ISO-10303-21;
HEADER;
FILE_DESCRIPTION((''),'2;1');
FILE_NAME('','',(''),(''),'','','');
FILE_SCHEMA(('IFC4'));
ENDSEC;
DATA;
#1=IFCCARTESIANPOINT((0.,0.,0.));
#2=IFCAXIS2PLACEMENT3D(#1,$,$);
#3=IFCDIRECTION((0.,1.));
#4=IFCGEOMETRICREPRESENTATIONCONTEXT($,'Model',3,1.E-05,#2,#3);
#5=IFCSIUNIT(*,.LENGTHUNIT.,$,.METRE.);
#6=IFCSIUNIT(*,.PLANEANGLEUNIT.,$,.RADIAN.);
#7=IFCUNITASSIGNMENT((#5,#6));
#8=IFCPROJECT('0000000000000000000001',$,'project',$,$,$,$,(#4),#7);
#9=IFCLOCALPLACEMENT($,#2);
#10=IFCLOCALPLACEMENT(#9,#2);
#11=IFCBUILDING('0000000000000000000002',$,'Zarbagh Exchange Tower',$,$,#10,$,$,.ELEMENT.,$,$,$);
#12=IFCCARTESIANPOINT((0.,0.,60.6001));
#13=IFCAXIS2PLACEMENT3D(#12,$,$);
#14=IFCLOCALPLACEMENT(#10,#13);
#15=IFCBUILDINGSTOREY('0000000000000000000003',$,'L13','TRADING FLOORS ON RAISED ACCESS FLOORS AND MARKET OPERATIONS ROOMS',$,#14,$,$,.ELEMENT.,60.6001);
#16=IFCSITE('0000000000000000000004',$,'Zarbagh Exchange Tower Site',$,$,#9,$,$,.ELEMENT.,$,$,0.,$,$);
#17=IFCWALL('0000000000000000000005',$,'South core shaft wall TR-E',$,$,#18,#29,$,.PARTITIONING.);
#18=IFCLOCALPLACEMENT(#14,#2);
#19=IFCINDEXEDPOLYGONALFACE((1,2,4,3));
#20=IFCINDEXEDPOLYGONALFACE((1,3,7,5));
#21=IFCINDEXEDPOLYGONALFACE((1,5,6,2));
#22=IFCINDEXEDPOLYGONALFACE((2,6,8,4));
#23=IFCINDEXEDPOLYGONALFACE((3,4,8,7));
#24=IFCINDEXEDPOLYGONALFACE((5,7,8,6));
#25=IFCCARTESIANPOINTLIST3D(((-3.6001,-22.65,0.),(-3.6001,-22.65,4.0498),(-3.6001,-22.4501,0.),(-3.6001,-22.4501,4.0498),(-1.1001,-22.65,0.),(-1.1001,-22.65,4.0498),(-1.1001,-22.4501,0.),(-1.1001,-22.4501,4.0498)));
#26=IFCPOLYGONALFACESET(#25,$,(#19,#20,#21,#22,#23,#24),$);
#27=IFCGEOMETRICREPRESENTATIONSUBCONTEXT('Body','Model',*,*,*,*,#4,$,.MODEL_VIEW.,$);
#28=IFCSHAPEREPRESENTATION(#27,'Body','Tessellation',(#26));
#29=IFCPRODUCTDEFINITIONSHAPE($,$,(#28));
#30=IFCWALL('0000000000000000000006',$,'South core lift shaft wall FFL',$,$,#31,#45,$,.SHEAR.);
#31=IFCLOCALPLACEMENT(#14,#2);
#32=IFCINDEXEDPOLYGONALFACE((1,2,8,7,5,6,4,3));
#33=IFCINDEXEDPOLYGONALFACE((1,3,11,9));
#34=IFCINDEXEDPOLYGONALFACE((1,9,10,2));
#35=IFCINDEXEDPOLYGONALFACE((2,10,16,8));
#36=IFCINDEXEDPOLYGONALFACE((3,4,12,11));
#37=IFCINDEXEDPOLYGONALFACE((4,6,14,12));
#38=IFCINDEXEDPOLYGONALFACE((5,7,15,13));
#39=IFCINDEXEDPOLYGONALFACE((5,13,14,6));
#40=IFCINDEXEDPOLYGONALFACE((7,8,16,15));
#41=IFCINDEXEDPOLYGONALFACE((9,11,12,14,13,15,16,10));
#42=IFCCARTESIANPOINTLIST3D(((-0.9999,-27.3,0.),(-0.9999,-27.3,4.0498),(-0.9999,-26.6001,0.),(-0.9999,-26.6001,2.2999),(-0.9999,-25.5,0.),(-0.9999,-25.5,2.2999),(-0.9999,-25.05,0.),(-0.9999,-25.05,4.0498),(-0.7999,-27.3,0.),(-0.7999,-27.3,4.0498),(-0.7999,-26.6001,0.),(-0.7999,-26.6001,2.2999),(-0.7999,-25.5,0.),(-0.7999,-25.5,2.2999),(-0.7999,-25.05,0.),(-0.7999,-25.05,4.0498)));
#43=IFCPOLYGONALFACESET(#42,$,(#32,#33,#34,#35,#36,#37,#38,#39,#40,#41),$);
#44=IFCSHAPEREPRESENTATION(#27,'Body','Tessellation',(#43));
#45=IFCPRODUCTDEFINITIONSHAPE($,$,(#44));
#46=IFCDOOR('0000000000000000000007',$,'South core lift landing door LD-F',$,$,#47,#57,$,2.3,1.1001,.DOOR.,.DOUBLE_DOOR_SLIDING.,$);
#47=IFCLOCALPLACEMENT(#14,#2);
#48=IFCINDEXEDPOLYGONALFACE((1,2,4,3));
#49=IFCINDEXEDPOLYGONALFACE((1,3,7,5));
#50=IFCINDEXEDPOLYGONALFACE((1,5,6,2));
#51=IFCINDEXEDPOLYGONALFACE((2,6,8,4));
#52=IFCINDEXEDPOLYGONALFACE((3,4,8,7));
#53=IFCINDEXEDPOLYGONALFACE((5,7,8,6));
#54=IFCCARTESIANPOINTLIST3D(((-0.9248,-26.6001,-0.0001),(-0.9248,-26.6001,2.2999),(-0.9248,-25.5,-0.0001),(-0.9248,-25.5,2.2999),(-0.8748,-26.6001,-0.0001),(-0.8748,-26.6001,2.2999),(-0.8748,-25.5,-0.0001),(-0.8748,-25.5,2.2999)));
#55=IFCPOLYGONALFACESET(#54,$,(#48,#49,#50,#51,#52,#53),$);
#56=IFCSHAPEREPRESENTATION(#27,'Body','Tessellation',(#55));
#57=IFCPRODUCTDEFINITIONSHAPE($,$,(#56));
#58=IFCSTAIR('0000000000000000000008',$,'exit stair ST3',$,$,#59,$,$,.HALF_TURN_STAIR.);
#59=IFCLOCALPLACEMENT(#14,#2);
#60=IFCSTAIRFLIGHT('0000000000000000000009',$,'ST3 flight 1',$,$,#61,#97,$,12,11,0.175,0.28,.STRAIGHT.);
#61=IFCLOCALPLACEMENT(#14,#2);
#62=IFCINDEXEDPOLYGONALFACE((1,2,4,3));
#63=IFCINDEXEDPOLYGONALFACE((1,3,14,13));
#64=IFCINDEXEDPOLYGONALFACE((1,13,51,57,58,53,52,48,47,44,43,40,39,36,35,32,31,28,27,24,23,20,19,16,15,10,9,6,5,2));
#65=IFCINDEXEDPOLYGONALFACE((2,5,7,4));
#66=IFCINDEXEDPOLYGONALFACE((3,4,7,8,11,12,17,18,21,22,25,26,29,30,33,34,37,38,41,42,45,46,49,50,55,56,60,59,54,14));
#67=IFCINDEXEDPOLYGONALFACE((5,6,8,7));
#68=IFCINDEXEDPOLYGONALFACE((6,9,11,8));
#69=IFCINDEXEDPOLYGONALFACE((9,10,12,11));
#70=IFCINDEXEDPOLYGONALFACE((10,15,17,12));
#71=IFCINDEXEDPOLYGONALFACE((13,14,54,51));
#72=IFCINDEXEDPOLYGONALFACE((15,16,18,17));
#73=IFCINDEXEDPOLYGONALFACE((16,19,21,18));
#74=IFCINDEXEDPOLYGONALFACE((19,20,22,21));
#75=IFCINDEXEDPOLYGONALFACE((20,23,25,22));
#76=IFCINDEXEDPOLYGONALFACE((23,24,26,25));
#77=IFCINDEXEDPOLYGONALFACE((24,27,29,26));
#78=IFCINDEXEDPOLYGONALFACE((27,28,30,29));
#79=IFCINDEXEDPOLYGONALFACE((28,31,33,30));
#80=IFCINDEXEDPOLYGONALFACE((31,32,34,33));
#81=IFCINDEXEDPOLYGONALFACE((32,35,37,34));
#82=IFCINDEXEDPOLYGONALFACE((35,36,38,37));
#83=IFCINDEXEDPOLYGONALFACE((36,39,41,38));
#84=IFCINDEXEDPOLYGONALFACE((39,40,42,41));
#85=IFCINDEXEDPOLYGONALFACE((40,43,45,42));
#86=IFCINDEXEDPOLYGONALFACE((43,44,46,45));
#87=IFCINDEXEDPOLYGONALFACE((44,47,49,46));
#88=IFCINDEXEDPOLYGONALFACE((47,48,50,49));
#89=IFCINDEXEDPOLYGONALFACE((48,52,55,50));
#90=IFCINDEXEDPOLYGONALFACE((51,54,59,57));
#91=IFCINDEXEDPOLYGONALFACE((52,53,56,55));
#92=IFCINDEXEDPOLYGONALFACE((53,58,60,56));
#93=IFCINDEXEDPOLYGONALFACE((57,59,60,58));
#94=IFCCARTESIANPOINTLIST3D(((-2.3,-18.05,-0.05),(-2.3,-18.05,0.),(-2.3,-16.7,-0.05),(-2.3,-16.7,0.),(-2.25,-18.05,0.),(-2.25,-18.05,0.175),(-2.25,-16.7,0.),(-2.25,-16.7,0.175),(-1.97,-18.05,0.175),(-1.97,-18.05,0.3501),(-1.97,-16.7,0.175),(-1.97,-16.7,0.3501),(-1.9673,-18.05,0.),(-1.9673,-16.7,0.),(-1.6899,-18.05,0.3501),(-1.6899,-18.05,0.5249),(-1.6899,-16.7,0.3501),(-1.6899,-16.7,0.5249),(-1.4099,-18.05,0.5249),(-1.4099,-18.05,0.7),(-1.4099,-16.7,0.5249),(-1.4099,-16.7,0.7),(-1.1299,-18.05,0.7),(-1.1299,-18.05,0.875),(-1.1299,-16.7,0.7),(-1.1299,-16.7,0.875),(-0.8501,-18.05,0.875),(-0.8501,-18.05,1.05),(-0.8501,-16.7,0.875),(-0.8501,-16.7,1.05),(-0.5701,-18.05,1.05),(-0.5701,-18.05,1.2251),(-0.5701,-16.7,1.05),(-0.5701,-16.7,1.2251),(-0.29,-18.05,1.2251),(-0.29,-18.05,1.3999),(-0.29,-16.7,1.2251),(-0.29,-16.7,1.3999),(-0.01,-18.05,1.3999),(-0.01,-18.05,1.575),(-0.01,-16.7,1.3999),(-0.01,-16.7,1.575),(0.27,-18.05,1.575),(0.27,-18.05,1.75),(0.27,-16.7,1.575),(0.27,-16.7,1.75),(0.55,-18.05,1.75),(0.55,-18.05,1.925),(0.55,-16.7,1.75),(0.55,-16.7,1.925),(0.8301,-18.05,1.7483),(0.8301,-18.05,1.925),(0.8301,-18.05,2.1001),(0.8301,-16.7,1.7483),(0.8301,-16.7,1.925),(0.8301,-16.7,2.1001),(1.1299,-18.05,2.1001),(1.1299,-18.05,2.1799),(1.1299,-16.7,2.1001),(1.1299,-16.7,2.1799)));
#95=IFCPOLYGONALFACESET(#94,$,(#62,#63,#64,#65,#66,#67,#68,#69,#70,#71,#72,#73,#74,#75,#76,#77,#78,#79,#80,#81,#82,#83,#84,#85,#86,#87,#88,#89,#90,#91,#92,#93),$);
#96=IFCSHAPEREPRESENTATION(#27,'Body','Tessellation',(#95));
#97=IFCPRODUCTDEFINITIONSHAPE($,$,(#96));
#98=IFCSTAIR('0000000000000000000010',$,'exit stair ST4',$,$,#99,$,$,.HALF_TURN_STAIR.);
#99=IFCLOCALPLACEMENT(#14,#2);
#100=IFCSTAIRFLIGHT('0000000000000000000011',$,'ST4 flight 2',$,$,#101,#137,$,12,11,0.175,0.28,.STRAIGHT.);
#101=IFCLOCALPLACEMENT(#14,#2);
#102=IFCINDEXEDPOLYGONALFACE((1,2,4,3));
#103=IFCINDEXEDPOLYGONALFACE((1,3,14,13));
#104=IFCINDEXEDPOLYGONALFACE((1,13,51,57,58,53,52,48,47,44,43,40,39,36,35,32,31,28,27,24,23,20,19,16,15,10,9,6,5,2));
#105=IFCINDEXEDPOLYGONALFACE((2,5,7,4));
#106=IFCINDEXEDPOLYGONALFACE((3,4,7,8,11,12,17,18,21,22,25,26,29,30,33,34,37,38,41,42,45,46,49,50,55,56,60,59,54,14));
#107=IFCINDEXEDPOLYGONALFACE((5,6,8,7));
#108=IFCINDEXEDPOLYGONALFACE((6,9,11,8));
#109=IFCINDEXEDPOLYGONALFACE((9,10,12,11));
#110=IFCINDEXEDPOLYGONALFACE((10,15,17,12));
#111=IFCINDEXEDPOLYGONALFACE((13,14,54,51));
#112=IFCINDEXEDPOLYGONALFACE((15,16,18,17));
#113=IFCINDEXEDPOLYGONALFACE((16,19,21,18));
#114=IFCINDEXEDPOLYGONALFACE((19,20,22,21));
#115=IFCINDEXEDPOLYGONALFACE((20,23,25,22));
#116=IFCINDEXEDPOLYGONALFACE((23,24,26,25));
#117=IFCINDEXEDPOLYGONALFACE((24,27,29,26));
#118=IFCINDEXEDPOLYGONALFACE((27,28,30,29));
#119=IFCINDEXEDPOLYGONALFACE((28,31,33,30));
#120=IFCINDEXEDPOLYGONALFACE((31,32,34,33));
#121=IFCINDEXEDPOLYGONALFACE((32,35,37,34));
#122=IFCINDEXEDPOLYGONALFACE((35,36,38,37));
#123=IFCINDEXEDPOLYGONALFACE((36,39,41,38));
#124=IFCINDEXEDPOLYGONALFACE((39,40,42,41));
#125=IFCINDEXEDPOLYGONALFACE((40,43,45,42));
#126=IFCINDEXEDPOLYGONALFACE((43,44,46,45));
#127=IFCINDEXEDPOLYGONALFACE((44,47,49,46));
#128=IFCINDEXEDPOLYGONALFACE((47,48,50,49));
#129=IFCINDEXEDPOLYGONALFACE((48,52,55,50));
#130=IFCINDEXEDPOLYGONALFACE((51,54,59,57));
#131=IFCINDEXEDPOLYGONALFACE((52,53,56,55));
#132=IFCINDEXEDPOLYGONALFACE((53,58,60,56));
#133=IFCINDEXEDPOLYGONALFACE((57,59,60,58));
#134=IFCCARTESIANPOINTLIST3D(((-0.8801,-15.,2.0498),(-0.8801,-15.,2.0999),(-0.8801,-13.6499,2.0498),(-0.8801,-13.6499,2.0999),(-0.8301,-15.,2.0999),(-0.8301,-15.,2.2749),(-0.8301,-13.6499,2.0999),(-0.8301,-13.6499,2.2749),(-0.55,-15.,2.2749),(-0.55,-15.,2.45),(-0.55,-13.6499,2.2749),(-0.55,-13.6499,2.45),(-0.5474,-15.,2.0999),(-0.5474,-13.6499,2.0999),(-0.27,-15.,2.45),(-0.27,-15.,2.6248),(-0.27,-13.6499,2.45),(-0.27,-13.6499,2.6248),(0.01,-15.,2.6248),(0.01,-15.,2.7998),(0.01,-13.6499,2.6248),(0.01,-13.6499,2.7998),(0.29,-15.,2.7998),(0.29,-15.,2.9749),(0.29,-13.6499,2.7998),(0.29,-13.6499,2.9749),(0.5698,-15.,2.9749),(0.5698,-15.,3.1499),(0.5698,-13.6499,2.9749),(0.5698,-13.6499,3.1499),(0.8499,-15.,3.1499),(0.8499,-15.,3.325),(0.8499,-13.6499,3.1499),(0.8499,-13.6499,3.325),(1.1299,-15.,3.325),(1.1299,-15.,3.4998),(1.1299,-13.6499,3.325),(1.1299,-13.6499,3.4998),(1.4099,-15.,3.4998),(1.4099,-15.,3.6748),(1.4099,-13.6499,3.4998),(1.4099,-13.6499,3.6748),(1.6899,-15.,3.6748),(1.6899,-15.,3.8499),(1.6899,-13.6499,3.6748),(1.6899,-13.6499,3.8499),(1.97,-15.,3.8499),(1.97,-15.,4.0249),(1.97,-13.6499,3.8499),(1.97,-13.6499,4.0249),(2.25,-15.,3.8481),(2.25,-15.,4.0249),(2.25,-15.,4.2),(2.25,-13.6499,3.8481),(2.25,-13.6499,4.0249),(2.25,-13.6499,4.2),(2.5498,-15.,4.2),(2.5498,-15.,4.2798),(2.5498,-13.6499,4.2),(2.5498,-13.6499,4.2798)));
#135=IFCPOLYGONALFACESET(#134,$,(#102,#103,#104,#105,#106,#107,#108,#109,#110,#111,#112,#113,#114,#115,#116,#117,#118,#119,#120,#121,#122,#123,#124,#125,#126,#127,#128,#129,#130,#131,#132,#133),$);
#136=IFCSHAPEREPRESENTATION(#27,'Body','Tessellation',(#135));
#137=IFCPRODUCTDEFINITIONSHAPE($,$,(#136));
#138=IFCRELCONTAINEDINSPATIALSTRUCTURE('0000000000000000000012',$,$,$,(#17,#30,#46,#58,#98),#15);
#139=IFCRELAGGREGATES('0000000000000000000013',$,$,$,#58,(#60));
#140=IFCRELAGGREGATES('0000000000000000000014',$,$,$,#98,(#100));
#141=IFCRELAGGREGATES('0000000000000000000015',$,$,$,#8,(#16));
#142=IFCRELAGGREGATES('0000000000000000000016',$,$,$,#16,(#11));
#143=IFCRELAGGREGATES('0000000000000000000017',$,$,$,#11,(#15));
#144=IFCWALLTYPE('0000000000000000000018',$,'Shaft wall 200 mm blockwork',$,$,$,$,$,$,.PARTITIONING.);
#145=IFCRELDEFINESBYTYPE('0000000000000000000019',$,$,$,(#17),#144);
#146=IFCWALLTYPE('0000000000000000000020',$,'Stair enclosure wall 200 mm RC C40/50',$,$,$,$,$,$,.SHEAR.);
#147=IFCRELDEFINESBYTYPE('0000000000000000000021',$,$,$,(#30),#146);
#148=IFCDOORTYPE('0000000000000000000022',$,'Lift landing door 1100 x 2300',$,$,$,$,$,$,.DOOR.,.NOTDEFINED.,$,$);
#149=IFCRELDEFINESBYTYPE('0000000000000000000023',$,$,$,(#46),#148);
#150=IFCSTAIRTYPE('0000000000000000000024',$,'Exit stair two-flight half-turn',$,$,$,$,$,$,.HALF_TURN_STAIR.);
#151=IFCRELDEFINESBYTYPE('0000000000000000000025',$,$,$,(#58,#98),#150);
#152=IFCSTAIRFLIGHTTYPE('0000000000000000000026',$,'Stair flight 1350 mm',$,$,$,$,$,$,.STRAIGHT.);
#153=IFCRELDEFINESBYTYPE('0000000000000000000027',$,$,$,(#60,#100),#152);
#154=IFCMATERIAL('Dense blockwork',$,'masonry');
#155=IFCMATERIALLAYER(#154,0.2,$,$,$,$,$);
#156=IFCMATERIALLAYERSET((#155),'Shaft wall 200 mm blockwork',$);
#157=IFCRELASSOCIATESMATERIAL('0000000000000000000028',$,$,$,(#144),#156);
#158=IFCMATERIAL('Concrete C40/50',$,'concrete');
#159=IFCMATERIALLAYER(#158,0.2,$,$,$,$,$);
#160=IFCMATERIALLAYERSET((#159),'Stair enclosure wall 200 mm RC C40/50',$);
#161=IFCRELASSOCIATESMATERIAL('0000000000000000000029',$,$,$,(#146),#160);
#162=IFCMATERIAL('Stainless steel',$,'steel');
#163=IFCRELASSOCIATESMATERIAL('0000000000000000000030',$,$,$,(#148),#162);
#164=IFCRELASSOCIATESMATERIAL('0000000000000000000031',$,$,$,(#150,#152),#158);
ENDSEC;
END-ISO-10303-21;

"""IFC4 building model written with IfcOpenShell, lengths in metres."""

from ifc_helpers import new_model, si_unit, direction, frame, frame_2d, origin, place, context, subcontext, project, spatial, polyline, rectangle, outline, extrude, material, layer, layer_set, type_object, element, fill, aggregate, save


model = new_model("IFC4")

# Units and contexts
model_context = context("Model", 3, precision=1e-05, world=origin(), true_north=direction((0.0, 1.0)))
body_context = subcontext(model_context, "Body", "Model", "MODEL_VIEW")
ifc_project = project(units=[si_unit("LENGTHUNIT", "METRE"), si_unit("PLANEANGLEUNIT", "RADIAN")], contexts=[model_context])

# Site, building, storey
site_placement = place(None, origin())
site = spatial("IfcSite", under=ifc_project, at=site_placement, Name="Zarbagh Exchange Tower Site", CompositionType="ELEMENT", RefElevation=0.0)
building_placement = place(site_placement, origin())
building = spatial("IfcBuilding", under=site, at=building_placement, Name="Zarbagh Exchange Tower", CompositionType="ELEMENT")
storey_placement = place(building_placement, frame((0.0, 0.0, 60.6001)))
storey = spatial("IfcBuildingStorey", under=building, at=storey_placement, Name="L13", Description="TRADING FLOORS ON RAISED ACCESS FLOORS AND MARKET OPERATIONS ROOMS", CompositionType="ELEMENT", Elevation=60.6001)

# Shared definitions
ifc_material_1 = material(Name="Concrete C40/50", Category="concrete")

# Wall
ifc_material_2 = material(Name="Dense blockwork", Category="masonry")
ifc_layer_1 = layer(ifc_material_2, 0.2)
ifc_layer_set_1 = layer_set([ifc_layer_1], Name="Shaft wall 200 mm blockwork")
wall_type_1 = type_object("IfcWallType", Name="Shaft wall 200 mm blockwork", PredefinedType="PARTITIONING", material=ifc_layer_set_1)
wall_1_placement = place(storey_placement, frame((-1.1001, -22.55, 0.0), z_axis=(0.0, 0.0, 1.0), x_axis=(-1.0, 0.0, 0.0)))
element("IfcWall", 1, at=wall_1_placement, inside=storey, type_object=wall_type_1, Name="South core shaft wall TR-E", PredefinedType="PARTITIONING", context=body_context, shape_type="SweptSolid", body=[
    extrude(rectangle(XDim=2.5, YDim=0.2, at=frame_2d((1.25, 0.0))), origin(), (0.0, 0.0, 1.0), 4.0498),
])

# Wall, opening, door
ifc_layer_2 = layer(ifc_material_1, 0.2)
ifc_layer_set_2 = layer_set([ifc_layer_2], Name="Stair enclosure wall 200 mm RC C40/50")
wall_type_2 = type_object("IfcWallType", Name="Stair enclosure wall 200 mm RC C40/50", PredefinedType="SHEAR", material=ifc_layer_set_2)
wall_2_placement = place(storey_placement, frame((-0.8999, -27.3, 0.0), z_axis=(0.0, 0.0, 1.0), x_axis=(0.0, 1.0, 0.0)))
wall_2 = element("IfcWall", 2, at=wall_2_placement, inside=storey, type_object=wall_type_2, Name="South core lift shaft wall FFL", PredefinedType="SHEAR", context=body_context, shape_type="SweptSolid", body=[
    extrude(rectangle(XDim=2.25, YDim=0.2, at=frame_2d((1.125, 0.0))), origin(), (0.0, 0.0, 1.0), 4.0498),
])
opening_1_placement = place(wall_2_placement, frame((0.7, 0.0, 0.0)))
opening_1 = element("IfcOpeningElement", 3, at=opening_1_placement, cuts=wall_2, PredefinedType="OPENING", context=body_context, shape_type="SweptSolid", body=[
    extrude(rectangle(XDim=1.1001, YDim=2.3, at=frame_2d((0.55, 1.1499))), frame((0.0, 0.1099, 0.0), z_axis=(0.0, -1.0, 0.0), x_axis=(1.0, 0.0, 0.0)), (0.0, 0.0, 1.0), 0.22),
])
ifc_material_3 = material(Name="Stainless steel", Category="steel")
door_type_1 = type_object("IfcDoorType", Name="Lift landing door 1100 x 2300", OperationType="NOTDEFINED", PredefinedType="DOOR", material=ifc_material_3)
door_1_placement = place(opening_1_placement, origin())
door_1 = element("IfcDoor", 4, at=door_1_placement, inside=storey, type_object=door_type_1, Name="South core lift landing door LD-F", OperationType="DOUBLE_DOOR_SLIDING", OverallHeight=2.3, OverallWidth=1.1001, PredefinedType="DOOR", context=body_context, shape_type="SweptSolid", body=[
    extrude(rectangle(XDim=1.1001, YDim=2.3, at=frame_2d((0.55, 1.1499))), frame((0.0, 0.0249, 0.0), z_axis=(0.0, -1.0, 0.0), x_axis=(1.0, 0.0, 0.0)), (0.0, 0.0, 1.0), 0.05),
])
fill(opening_1, door_1)

# Stairs, stair flights
stair_type = type_object("IfcStairType", Name="Exit stair two-flight half-turn", PredefinedType="HALF_TURN_STAIR", material=ifc_material_1)
stair_1_placement = place(storey_placement, origin())
stair_1 = element("IfcStair", 5, at=stair_1_placement, inside=storey, type_object=stair_type, Name="exit stair ST3", PredefinedType="HALF_TURN_STAIR")
stair_flight_type = type_object("IfcStairFlightType", Name="Stair flight 1350 mm", PredefinedType="STRAIGHT", material=ifc_material_1)
stair_flight_1_placement = place(storey_placement, frame((-2.25, -17.375, 0.0), z_axis=(0.0, 0.0, 1.0), x_axis=(1.0, 0.0, 0.0)))
stair_flight_1 = element("IfcStairFlight", 6, at=stair_flight_1_placement, type_object=stair_flight_type, Name="ST3 flight 1", NumberOfRisers=12, NumberOfTreads=11, PredefinedType="STRAIGHT", RiserHeight=0.175, TreadLength=0.28, context=body_context, shape_type="SweptSolid", body=[
    extrude(outline(polyline([(-0.05, -0.05), (-0.05, 0.0), (0.0, 0.0), (0.0, 0.175), (0.28, 0.175), (0.28, 0.3501), (0.5601, 0.3501), (0.5601, 0.5249), (0.8401, 0.5249), (0.8401, 0.7), (1.1201, 0.7), (1.1201, 0.875), (1.3999, 0.875), (1.3999, 1.05), (1.6799, 1.05), (1.6799, 1.2251), (1.96, 1.2251), (1.96, 1.3999), (2.24, 1.3999), (2.24, 1.575), (2.52, 1.575), (2.52, 1.75), (2.8, 1.75), (2.8, 1.925), (3.0801, 1.925), (3.0801, 2.1001), (3.3799, 2.1799), (3.3799, 2.1001), (3.0801, 1.7483), (0.2827, 0.0), (-0.05, -0.05)])), frame((0.0, 0.675, 0.0), z_axis=(0.0, -1.0, 0.0), x_axis=(1.0, 0.0, 0.0)), (0.0, 0.0, 1.0), 1.3501),
])
aggregate(stair_1, [stair_flight_1])
stair_2_placement = place(storey_placement, origin())
stair_2 = element("IfcStair", 7, at=stair_2_placement, inside=storey, type_object=stair_type, Name="exit stair ST4", PredefinedType="HALF_TURN_STAIR")
stair_flight_2_placement = place(storey_placement, frame((-0.8301, -14.325, 2.0999), z_axis=(0.0, 0.0, 1.0), x_axis=(1.0, 0.0, 0.0)))
stair_flight_2 = element("IfcStairFlight", 8, at=stair_flight_2_placement, type_object=stair_flight_type, Name="ST4 flight 2", NumberOfRisers=12, NumberOfTreads=11, PredefinedType="STRAIGHT", RiserHeight=0.175, TreadLength=0.28, context=body_context, shape_type="SweptSolid", body=[
    extrude(outline(polyline([(-0.05, -0.05), (-0.05, 0.0), (0.0, 0.0), (0.0, 0.175), (0.28, 0.175), (0.28, 0.3501), (0.5601, 0.3501), (0.5601, 0.5249), (0.8401, 0.5249), (0.8401, 0.7), (1.1201, 0.7), (1.1201, 0.875), (1.3999, 0.875), (1.3999, 1.05), (1.6799, 1.05), (1.6799, 1.2251), (1.96, 1.2251), (1.96, 1.3999), (2.24, 1.3999), (2.24, 1.575), (2.52, 1.575), (2.52, 1.75), (2.8, 1.75), (2.8, 1.925), (3.0801, 1.925), (3.0801, 2.1001), (3.3799, 2.1799), (3.3799, 2.1001), (3.0801, 1.7483), (0.2827, 0.0), (-0.05, -0.05)])), frame((0.0, 0.675, 0.0), z_axis=(0.0, -1.0, 0.0), x_axis=(1.0, 0.0, 0.0)), (0.0, 0.0, 1.0), 1.3501),
])
aggregate(stair_2, [stair_flight_2])

save(model, "model.ifc")
